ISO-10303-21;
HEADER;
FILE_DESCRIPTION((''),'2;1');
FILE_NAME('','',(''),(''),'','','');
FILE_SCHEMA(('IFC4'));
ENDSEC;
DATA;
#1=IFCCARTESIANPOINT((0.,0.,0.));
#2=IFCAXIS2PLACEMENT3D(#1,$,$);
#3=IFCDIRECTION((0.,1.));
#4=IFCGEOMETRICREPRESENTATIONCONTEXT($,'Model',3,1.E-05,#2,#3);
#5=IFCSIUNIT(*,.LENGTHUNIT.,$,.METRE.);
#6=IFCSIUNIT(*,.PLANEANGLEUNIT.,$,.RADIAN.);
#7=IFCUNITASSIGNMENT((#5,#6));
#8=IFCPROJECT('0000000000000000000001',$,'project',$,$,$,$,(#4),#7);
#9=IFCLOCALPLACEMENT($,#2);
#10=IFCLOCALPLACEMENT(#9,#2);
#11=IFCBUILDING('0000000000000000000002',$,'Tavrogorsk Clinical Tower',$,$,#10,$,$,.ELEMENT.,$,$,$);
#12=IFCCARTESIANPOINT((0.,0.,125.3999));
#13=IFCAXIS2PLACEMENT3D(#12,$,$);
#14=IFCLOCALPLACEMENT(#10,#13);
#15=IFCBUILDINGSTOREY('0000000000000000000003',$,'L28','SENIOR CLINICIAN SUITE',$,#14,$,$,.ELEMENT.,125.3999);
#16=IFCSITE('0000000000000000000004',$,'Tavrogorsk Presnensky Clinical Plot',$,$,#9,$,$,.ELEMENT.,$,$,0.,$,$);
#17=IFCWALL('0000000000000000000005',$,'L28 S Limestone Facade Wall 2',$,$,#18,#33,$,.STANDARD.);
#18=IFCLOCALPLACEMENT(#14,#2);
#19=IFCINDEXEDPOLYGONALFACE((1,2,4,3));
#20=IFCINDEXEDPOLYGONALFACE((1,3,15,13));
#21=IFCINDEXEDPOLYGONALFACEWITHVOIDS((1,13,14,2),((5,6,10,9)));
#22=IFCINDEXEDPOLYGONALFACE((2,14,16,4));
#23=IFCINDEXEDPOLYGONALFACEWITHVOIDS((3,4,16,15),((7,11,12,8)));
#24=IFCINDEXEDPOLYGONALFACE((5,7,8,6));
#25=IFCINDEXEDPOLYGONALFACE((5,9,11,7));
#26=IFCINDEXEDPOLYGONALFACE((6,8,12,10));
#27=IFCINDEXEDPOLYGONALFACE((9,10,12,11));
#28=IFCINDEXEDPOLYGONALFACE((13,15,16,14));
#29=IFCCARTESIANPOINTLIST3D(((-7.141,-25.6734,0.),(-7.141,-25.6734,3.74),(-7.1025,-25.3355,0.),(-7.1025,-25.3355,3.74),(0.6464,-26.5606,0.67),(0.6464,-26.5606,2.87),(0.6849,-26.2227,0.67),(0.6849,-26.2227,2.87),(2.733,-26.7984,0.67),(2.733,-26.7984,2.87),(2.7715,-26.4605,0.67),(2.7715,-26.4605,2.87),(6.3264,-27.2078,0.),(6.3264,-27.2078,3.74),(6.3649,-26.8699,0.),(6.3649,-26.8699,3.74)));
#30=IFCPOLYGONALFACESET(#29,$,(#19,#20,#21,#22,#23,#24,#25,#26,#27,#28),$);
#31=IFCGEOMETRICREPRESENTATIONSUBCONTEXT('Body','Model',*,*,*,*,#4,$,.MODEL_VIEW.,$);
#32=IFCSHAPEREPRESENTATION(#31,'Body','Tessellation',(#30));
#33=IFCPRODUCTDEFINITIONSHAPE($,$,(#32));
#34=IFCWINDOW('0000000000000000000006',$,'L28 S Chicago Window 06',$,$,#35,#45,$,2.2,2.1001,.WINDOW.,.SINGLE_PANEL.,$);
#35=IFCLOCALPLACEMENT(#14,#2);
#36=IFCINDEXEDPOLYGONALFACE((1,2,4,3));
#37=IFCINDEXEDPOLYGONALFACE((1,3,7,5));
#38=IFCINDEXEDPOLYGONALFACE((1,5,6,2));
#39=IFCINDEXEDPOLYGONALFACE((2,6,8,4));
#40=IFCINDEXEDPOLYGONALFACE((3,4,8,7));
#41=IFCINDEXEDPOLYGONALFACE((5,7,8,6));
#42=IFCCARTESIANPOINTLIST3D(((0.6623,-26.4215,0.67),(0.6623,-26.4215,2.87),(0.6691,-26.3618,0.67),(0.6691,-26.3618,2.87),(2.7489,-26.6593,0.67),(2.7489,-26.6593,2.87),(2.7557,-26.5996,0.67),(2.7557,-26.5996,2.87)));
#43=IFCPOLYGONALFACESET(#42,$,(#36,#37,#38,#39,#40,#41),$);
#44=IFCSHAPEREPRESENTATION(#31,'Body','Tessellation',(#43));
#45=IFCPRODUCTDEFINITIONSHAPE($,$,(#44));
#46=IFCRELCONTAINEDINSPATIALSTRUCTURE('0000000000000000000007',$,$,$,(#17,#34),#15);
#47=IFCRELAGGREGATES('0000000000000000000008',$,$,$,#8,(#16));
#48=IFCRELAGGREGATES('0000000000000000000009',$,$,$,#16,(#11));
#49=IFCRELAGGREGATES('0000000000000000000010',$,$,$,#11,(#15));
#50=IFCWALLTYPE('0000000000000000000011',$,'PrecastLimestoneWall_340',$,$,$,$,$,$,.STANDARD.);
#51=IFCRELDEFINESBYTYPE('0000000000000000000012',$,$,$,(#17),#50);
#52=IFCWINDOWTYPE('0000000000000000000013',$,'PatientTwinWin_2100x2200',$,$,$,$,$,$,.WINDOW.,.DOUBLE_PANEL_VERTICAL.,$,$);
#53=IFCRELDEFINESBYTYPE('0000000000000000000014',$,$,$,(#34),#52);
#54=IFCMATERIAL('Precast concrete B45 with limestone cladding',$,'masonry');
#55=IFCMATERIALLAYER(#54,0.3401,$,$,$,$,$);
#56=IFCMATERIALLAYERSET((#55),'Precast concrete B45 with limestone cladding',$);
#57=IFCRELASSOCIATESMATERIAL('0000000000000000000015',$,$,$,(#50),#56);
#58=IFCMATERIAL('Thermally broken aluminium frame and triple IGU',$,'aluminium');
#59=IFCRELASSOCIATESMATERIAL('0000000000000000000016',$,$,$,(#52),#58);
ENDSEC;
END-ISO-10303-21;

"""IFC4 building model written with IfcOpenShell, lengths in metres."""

from ifc_helpers import new_model, si_unit, direction, frame, frame_2d, origin, place, context, subcontext, project, spatial, rectangle, extrude, material, layer, layer_set, type_object, element, fill, save


model = new_model("IFC4")

# Units and contexts
model_context = context("Model", 3, precision=1e-05, world=origin(), true_north=direction((0.0, 1.0)))
body_context = subcontext(model_context, "Body", "Model", "MODEL_VIEW")
ifc_project = project(units=[si_unit("LENGTHUNIT", "METRE"), si_unit("PLANEANGLEUNIT", "RADIAN")], contexts=[model_context])

# Site, building, storey
site_placement = place(None, origin())
site = spatial("IfcSite", under=ifc_project, at=site_placement, Name="Tavrogorsk Presnensky Clinical Plot", CompositionType="ELEMENT", RefElevation=0.0)
building_placement = place(site_placement, origin())
building = spatial("IfcBuilding", under=site, at=building_placement, Name="Tavrogorsk Clinical Tower", CompositionType="ELEMENT")
storey_placement = place(building_placement, frame((0.0, 0.0, 125.3999)))
storey = spatial("IfcBuildingStorey", under=building, at=storey_placement, Name="L28", Description="SENIOR CLINICIAN SUITE", CompositionType="ELEMENT", Elevation=125.3999)

# Wall, opening, window
ifc_material_1 = material(Name="Precast concrete B45 with limestone cladding", Category="masonry")
ifc_layer_1 = layer(ifc_material_1, 0.3401)
ifc_layer_set_1 = layer_set([ifc_layer_1], Name="Precast concrete B45 with limestone cladding")
wall_type_1 = type_object("IfcWallType", Name="PrecastLimestoneWall_340", PredefinedType="STANDARD", material=ifc_layer_set_1)
wall_1_placement = place(storey_placement, frame((-7.1218, -25.5044, 0.0), z_axis=(0.0, 0.0, 1.0), x_axis=(0.993572, -0.113205, 0.0)))
wall_1 = element("IfcWall", 1, at=wall_1_placement, inside=storey, type_object=wall_type_1, Name="L28 S Limestone Facade Wall 2", PredefinedType="STANDARD", context=body_context, shape_type="SweptSolid", body=[
    extrude(rectangle(XDim=13.5544, YDim=0.3401, at=frame_2d((6.7773, 0.0))), origin(), (0.0, 0.0, 1.0), 3.74),
])
opening_1_placement = place(wall_1_placement, frame((7.8379, 0.0, 0.6699)))
opening_1 = element("IfcOpeningElement", 2, at=opening_1_placement, cuts=wall_1, PredefinedType="OPENING", context=body_context, shape_type="SweptSolid", body=[
    extrude(rectangle(XDim=2.1001, YDim=2.2, at=frame_2d((1.05, 1.1001))), frame((0.0, 0.1799, 0.0), z_axis=(0.0, -1.0, 0.0), x_axis=(1.0, 0.0, 0.0)), (0.0, 0.0, 1.0), 0.3601),
])
ifc_material_2 = material(Name="Thermally broken aluminium frame and triple IGU", Category="aluminium")
window_type = type_object("IfcWindowType", Name="PatientTwinWin_2100x2200", PartitioningType="DOUBLE_PANEL_VERTICAL", PredefinedType="WINDOW", material=ifc_material_2)
window_placement = place(opening_1_placement, origin())
window = element("IfcWindow", 3, at=window_placement, inside=storey, type_object=window_type, Name="L28 S Chicago Window 06", OverallHeight=2.2, OverallWidth=2.1001, PartitioningType="SINGLE_PANEL", PredefinedType="WINDOW", context=body_context, shape_type="SweptSolid", body=[
    extrude(rectangle(XDim=2.1001, YDim=2.2, at=frame_2d((1.05, 1.1001))), frame((0.0, 0.03, 0.0), z_axis=(0.0, -1.0, 0.0), x_axis=(1.0, 0.0, 0.0)), (0.0, 0.0, 1.0), 0.0601),
])
fill(opening_1, window)

save(model, "model.ifc")
